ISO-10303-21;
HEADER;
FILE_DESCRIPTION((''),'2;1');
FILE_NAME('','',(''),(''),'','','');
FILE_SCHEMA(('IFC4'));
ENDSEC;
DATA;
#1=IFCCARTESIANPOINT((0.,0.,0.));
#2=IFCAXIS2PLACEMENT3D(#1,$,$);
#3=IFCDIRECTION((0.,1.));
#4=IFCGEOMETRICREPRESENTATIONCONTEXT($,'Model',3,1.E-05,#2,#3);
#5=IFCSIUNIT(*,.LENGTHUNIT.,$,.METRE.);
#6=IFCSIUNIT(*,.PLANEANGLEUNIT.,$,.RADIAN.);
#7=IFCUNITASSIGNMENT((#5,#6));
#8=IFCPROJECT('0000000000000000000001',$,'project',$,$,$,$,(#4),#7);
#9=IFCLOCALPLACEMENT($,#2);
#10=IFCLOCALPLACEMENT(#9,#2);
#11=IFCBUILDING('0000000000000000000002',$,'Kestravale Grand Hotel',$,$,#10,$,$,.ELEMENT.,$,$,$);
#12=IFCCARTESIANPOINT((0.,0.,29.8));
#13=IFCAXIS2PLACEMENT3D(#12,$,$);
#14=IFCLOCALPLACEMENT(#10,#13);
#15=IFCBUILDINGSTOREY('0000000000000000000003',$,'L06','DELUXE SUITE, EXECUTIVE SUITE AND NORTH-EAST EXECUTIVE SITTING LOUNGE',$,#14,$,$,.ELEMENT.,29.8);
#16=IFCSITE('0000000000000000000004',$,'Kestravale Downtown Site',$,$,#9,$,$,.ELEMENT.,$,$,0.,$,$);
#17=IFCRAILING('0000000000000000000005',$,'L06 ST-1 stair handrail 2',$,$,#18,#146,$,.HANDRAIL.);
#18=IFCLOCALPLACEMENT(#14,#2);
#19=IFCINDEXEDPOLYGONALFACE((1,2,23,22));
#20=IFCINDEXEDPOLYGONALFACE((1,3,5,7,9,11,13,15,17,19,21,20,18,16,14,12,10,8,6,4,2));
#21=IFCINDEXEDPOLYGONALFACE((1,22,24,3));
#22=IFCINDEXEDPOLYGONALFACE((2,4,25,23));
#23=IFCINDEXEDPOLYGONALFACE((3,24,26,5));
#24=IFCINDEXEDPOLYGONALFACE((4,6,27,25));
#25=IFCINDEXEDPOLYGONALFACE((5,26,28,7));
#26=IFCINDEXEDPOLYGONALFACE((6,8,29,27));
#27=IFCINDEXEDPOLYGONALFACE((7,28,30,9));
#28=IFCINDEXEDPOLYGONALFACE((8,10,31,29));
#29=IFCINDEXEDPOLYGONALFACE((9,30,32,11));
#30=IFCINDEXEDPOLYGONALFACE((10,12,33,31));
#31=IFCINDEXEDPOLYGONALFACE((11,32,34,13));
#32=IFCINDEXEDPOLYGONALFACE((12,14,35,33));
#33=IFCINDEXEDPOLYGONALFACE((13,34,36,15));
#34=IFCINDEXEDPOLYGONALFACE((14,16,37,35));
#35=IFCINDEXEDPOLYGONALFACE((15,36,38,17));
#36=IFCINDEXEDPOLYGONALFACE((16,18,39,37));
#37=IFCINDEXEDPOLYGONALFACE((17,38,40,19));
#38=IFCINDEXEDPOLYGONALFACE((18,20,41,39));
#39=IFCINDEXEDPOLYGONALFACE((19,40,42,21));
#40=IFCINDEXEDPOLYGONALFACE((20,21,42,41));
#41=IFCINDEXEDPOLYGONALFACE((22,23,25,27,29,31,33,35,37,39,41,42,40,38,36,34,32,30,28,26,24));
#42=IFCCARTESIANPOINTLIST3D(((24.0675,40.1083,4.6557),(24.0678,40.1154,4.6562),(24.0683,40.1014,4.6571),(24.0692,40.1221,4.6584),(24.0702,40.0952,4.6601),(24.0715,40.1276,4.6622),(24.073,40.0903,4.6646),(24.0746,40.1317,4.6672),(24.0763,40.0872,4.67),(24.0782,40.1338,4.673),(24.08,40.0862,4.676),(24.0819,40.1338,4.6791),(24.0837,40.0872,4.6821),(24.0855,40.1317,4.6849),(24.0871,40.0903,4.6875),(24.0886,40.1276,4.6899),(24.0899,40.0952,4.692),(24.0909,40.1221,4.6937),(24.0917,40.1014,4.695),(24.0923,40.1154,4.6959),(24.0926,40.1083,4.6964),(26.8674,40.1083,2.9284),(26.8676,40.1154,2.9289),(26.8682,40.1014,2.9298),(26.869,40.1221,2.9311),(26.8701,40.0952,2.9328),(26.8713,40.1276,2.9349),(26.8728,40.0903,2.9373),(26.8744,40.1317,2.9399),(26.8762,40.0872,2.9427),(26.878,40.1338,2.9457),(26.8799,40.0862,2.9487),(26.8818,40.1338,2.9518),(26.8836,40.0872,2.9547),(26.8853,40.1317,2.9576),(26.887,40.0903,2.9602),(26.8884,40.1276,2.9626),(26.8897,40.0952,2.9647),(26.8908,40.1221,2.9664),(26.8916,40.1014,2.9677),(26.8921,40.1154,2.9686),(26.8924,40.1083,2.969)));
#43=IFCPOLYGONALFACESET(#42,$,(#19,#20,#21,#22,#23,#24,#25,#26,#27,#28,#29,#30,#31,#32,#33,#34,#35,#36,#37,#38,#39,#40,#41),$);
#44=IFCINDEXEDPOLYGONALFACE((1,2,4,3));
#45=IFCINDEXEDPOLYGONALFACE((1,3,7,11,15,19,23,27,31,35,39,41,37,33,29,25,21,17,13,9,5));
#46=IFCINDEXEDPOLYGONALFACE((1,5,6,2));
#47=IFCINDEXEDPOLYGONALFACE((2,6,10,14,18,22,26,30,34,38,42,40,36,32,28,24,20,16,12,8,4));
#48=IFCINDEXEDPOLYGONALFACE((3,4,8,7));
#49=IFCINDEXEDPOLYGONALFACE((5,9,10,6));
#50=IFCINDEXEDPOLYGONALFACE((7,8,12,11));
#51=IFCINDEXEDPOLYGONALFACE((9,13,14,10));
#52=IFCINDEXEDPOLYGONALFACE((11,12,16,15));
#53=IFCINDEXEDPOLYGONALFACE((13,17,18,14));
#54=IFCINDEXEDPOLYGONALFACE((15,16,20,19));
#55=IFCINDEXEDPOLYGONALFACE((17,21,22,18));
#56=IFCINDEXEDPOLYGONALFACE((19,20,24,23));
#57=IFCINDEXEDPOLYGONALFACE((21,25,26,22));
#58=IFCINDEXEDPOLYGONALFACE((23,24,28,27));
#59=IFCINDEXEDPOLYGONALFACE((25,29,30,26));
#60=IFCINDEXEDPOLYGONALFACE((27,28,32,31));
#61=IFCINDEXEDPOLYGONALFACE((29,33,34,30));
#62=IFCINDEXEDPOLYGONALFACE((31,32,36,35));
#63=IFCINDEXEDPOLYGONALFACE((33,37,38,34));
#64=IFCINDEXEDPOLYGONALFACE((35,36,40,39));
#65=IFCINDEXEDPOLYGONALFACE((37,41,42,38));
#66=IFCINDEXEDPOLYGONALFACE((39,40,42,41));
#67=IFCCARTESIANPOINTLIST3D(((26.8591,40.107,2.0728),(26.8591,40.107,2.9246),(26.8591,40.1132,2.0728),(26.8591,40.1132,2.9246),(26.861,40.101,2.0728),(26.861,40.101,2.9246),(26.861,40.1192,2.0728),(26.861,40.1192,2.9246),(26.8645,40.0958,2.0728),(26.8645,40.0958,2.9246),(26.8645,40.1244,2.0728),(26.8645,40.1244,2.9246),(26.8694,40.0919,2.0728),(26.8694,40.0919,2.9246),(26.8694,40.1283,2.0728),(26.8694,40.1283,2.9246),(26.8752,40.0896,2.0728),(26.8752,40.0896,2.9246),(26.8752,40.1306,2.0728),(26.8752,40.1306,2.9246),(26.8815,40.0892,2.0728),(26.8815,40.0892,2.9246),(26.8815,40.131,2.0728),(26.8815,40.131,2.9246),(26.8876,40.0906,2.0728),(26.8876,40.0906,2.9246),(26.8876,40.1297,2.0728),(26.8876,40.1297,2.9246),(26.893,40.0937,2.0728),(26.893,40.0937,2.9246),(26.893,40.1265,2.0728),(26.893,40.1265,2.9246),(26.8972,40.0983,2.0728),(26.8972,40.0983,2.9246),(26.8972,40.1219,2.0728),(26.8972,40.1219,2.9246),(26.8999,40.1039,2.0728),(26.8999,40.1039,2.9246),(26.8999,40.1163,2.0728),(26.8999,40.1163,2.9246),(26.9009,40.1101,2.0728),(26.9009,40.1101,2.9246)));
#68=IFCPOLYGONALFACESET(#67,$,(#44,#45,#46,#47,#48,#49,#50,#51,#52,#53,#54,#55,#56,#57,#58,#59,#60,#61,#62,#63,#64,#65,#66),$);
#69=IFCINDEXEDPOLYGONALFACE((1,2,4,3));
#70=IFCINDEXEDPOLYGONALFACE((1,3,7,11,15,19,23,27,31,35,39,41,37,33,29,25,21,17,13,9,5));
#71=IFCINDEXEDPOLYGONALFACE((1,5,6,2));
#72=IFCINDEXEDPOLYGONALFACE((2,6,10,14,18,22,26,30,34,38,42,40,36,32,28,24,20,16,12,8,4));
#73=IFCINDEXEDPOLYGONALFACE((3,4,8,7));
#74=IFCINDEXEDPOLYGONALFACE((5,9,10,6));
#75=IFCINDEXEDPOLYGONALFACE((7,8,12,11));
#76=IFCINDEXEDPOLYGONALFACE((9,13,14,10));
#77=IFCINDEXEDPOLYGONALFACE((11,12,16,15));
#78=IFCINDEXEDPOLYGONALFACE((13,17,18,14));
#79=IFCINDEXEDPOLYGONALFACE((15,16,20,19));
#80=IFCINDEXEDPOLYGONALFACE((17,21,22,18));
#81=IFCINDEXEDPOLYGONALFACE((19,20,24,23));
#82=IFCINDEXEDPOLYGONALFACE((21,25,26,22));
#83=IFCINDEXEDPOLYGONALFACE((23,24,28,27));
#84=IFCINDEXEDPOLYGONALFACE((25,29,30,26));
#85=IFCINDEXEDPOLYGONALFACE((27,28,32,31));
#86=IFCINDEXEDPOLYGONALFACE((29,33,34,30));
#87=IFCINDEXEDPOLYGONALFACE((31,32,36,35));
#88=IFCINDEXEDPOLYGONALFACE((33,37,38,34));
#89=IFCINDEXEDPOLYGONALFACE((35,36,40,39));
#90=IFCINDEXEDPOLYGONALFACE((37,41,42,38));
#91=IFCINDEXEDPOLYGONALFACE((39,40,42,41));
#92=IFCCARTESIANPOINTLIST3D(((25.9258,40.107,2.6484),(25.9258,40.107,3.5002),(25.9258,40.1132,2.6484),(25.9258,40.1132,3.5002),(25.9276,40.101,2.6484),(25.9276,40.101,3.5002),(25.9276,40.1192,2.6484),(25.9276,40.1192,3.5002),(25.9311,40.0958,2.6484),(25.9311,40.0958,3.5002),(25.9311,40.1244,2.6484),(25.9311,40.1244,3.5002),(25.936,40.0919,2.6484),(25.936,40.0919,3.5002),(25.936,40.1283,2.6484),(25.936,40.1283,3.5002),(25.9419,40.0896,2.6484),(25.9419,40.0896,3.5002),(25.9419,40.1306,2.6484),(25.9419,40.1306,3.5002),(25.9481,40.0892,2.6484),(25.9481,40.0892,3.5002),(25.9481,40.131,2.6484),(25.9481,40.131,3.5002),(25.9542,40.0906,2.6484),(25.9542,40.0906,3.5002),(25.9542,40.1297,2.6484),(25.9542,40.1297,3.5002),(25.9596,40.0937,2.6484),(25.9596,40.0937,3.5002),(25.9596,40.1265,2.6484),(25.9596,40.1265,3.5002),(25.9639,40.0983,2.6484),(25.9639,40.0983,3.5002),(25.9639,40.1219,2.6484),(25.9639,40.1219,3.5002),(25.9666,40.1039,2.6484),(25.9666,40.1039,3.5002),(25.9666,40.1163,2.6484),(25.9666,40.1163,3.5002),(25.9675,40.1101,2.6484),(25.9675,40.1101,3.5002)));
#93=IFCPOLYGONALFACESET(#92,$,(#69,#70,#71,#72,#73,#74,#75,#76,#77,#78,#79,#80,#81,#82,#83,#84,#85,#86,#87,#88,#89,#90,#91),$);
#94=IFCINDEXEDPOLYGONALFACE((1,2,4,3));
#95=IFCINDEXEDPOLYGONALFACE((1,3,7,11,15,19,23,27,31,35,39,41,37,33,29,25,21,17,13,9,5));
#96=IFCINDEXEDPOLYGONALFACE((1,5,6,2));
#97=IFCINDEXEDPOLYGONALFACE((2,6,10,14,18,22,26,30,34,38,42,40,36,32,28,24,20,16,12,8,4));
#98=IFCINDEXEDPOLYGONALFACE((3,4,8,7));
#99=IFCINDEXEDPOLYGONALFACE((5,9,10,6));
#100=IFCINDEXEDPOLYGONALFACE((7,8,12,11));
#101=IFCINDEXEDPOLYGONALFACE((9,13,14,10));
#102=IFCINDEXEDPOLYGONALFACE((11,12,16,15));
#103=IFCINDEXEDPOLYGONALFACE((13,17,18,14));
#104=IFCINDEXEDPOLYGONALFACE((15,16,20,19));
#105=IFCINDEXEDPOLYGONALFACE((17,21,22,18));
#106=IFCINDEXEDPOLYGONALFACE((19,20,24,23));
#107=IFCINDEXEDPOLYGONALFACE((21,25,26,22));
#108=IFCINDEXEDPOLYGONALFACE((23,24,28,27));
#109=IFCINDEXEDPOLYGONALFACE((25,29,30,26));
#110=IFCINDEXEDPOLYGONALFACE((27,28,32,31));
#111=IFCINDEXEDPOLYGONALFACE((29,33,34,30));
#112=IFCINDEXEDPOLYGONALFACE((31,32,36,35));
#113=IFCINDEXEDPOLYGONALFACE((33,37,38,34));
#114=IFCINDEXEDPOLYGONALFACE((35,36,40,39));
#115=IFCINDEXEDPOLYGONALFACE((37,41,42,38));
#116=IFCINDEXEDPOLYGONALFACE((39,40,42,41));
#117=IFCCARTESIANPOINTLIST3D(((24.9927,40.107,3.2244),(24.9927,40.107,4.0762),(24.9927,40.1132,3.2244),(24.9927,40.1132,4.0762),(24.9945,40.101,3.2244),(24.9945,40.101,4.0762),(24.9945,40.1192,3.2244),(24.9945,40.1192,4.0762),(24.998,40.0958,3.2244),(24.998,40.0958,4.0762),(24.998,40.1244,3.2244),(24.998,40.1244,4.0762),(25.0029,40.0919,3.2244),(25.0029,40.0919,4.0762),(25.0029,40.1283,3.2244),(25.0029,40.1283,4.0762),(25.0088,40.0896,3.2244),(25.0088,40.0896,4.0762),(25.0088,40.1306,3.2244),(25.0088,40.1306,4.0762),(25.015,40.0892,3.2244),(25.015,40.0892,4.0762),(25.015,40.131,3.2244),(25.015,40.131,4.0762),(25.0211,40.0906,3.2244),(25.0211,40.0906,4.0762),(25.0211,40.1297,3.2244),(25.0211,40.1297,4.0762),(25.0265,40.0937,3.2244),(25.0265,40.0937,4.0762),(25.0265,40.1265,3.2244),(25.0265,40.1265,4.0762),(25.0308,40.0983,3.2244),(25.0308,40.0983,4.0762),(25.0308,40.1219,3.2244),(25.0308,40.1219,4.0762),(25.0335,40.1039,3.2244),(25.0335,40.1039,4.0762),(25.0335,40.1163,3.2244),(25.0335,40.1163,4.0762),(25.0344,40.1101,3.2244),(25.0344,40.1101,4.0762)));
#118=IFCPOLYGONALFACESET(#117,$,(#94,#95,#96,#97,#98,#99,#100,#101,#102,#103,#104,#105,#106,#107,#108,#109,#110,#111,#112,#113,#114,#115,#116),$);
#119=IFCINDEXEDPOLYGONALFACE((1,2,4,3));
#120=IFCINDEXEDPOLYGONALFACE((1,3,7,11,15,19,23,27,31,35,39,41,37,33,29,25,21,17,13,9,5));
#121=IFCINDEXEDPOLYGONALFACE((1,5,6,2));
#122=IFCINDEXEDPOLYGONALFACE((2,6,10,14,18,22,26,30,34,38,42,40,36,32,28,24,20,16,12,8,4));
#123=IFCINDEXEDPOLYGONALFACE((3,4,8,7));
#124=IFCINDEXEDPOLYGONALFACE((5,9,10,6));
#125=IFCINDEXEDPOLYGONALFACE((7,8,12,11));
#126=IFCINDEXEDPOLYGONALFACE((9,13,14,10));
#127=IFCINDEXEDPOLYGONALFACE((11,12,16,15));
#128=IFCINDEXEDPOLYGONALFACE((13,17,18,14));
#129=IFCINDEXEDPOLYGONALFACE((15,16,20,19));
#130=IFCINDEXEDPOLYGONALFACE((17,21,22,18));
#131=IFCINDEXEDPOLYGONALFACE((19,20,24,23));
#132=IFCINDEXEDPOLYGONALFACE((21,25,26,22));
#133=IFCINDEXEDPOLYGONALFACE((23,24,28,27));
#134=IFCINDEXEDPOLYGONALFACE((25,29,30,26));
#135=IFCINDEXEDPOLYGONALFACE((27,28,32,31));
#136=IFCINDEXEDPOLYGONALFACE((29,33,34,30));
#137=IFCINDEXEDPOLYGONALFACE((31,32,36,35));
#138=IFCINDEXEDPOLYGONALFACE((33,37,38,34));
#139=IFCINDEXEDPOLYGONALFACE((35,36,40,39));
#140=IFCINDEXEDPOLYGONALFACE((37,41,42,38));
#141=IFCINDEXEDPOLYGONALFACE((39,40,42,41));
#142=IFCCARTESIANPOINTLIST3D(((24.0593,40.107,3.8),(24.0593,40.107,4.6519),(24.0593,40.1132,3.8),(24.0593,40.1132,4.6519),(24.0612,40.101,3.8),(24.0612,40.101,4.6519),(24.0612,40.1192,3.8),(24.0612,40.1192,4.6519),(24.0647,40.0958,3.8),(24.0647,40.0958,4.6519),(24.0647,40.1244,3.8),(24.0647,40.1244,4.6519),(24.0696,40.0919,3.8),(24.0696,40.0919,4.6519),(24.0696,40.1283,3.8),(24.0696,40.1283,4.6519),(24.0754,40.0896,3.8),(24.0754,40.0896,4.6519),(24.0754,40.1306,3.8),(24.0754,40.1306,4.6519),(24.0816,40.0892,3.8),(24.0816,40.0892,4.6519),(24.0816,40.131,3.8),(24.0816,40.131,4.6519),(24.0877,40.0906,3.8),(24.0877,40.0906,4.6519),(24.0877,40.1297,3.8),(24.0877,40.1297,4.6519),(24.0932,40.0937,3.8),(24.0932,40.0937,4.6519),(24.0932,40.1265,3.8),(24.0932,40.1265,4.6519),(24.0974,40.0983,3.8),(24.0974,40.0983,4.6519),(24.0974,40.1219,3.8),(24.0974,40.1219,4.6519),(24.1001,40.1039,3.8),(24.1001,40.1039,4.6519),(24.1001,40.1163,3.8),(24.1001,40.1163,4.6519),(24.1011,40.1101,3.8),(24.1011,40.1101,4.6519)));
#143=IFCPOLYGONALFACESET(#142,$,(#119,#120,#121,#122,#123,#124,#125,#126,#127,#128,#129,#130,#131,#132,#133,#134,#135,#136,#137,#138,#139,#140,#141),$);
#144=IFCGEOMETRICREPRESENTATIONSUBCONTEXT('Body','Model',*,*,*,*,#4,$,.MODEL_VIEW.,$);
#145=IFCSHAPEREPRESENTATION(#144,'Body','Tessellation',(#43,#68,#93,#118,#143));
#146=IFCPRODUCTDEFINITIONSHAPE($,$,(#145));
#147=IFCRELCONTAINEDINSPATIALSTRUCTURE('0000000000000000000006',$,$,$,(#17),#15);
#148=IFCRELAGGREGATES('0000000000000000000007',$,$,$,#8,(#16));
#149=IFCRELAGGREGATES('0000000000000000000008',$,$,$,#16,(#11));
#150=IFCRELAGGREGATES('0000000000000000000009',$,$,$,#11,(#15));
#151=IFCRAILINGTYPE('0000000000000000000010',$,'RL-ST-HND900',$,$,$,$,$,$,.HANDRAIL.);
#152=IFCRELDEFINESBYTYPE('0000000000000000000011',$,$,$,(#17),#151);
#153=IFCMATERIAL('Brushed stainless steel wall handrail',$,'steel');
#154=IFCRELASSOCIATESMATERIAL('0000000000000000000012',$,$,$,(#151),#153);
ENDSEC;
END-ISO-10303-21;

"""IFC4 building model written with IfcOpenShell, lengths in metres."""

from ifc_helpers import new_model, si_unit, direction, frame, origin, origin_2d, place, context, subcontext, project, spatial, circle, extrude, material, type_object, element, save


model = new_model("IFC4")

# Units and contexts
model_context = context("Model", 3, precision=1e-05, world=origin(), true_north=direction((0.0, 1.0)))
body_context = subcontext(model_context, "Body", "Model", "MODEL_VIEW")
ifc_project = project(units=[si_unit("LENGTHUNIT", "METRE"), si_unit("PLANEANGLEUNIT", "RADIAN")], contexts=[model_context])

# Site, building, storey
site_placement = place(None, origin())
site = spatial("IfcSite", under=ifc_project, at=site_placement, Name="Kestravale Downtown Site", CompositionType="ELEMENT", RefElevation=0.0)
building_placement = place(site_placement, origin())
building = spatial("IfcBuilding", under=site, at=building_placement, Name="Kestravale Grand Hotel", CompositionType="ELEMENT")
storey_placement = place(building_placement, frame((0.0, 0.0, 29.8)))
storey = spatial("IfcBuildingStorey", under=building, at=storey_placement, Name="L06", Description="DELUXE SUITE, EXECUTIVE SUITE AND NORTH-EAST EXECUTIVE SITTING LOUNGE", CompositionType="ELEMENT", Elevation=29.8)

# Railing
ifc_material_1 = material(Name="Brushed stainless steel wall handrail", Category="steel")
railing_type_1 = type_object("IfcRailingType", Name="RL-ST-HND900", PredefinedType="HANDRAIL", material=ifc_material_1)
railing_1_placement = place(storey_placement, frame((26.8799, 40.1101, 2.0728)))
element("IfcRailing", 1, at=railing_1_placement, inside=storey, type_object=railing_type_1, Name="L06 ST-1 stair handrail 2", PredefinedType="HANDRAIL", context=body_context, shape_type="SweptSolid", body=[
    extrude(circle(Radius=0.0239, at=origin_2d()), frame((0.0, 0.0, 0.876), z_axis=(-0.851069, 0.0, 0.525054), x_axis=(0.0, -1.0, 0.0)), (0.0, 0.0, 1.0), 3.2898),
    extrude(circle(Radius=0.021, at=origin_2d()), origin(), (0.0, 0.0, 1.0), 0.8518),
    extrude(circle(Radius=0.021, at=origin_2d()), frame((-0.9333, 0.0, 0.5757)), (0.0, 0.0, 1.0), 0.8518),
    extrude(circle(Radius=0.021, at=origin_2d()), frame((-1.8665, 0.0, 1.1516)), (0.0, 0.0, 1.0), 0.8518),
    extrude(circle(Radius=0.021, at=origin_2d()), frame((-2.7998, 0.0, 1.7273)), (0.0, 0.0, 1.0), 0.8518),
])

save(model, "model.ifc")
